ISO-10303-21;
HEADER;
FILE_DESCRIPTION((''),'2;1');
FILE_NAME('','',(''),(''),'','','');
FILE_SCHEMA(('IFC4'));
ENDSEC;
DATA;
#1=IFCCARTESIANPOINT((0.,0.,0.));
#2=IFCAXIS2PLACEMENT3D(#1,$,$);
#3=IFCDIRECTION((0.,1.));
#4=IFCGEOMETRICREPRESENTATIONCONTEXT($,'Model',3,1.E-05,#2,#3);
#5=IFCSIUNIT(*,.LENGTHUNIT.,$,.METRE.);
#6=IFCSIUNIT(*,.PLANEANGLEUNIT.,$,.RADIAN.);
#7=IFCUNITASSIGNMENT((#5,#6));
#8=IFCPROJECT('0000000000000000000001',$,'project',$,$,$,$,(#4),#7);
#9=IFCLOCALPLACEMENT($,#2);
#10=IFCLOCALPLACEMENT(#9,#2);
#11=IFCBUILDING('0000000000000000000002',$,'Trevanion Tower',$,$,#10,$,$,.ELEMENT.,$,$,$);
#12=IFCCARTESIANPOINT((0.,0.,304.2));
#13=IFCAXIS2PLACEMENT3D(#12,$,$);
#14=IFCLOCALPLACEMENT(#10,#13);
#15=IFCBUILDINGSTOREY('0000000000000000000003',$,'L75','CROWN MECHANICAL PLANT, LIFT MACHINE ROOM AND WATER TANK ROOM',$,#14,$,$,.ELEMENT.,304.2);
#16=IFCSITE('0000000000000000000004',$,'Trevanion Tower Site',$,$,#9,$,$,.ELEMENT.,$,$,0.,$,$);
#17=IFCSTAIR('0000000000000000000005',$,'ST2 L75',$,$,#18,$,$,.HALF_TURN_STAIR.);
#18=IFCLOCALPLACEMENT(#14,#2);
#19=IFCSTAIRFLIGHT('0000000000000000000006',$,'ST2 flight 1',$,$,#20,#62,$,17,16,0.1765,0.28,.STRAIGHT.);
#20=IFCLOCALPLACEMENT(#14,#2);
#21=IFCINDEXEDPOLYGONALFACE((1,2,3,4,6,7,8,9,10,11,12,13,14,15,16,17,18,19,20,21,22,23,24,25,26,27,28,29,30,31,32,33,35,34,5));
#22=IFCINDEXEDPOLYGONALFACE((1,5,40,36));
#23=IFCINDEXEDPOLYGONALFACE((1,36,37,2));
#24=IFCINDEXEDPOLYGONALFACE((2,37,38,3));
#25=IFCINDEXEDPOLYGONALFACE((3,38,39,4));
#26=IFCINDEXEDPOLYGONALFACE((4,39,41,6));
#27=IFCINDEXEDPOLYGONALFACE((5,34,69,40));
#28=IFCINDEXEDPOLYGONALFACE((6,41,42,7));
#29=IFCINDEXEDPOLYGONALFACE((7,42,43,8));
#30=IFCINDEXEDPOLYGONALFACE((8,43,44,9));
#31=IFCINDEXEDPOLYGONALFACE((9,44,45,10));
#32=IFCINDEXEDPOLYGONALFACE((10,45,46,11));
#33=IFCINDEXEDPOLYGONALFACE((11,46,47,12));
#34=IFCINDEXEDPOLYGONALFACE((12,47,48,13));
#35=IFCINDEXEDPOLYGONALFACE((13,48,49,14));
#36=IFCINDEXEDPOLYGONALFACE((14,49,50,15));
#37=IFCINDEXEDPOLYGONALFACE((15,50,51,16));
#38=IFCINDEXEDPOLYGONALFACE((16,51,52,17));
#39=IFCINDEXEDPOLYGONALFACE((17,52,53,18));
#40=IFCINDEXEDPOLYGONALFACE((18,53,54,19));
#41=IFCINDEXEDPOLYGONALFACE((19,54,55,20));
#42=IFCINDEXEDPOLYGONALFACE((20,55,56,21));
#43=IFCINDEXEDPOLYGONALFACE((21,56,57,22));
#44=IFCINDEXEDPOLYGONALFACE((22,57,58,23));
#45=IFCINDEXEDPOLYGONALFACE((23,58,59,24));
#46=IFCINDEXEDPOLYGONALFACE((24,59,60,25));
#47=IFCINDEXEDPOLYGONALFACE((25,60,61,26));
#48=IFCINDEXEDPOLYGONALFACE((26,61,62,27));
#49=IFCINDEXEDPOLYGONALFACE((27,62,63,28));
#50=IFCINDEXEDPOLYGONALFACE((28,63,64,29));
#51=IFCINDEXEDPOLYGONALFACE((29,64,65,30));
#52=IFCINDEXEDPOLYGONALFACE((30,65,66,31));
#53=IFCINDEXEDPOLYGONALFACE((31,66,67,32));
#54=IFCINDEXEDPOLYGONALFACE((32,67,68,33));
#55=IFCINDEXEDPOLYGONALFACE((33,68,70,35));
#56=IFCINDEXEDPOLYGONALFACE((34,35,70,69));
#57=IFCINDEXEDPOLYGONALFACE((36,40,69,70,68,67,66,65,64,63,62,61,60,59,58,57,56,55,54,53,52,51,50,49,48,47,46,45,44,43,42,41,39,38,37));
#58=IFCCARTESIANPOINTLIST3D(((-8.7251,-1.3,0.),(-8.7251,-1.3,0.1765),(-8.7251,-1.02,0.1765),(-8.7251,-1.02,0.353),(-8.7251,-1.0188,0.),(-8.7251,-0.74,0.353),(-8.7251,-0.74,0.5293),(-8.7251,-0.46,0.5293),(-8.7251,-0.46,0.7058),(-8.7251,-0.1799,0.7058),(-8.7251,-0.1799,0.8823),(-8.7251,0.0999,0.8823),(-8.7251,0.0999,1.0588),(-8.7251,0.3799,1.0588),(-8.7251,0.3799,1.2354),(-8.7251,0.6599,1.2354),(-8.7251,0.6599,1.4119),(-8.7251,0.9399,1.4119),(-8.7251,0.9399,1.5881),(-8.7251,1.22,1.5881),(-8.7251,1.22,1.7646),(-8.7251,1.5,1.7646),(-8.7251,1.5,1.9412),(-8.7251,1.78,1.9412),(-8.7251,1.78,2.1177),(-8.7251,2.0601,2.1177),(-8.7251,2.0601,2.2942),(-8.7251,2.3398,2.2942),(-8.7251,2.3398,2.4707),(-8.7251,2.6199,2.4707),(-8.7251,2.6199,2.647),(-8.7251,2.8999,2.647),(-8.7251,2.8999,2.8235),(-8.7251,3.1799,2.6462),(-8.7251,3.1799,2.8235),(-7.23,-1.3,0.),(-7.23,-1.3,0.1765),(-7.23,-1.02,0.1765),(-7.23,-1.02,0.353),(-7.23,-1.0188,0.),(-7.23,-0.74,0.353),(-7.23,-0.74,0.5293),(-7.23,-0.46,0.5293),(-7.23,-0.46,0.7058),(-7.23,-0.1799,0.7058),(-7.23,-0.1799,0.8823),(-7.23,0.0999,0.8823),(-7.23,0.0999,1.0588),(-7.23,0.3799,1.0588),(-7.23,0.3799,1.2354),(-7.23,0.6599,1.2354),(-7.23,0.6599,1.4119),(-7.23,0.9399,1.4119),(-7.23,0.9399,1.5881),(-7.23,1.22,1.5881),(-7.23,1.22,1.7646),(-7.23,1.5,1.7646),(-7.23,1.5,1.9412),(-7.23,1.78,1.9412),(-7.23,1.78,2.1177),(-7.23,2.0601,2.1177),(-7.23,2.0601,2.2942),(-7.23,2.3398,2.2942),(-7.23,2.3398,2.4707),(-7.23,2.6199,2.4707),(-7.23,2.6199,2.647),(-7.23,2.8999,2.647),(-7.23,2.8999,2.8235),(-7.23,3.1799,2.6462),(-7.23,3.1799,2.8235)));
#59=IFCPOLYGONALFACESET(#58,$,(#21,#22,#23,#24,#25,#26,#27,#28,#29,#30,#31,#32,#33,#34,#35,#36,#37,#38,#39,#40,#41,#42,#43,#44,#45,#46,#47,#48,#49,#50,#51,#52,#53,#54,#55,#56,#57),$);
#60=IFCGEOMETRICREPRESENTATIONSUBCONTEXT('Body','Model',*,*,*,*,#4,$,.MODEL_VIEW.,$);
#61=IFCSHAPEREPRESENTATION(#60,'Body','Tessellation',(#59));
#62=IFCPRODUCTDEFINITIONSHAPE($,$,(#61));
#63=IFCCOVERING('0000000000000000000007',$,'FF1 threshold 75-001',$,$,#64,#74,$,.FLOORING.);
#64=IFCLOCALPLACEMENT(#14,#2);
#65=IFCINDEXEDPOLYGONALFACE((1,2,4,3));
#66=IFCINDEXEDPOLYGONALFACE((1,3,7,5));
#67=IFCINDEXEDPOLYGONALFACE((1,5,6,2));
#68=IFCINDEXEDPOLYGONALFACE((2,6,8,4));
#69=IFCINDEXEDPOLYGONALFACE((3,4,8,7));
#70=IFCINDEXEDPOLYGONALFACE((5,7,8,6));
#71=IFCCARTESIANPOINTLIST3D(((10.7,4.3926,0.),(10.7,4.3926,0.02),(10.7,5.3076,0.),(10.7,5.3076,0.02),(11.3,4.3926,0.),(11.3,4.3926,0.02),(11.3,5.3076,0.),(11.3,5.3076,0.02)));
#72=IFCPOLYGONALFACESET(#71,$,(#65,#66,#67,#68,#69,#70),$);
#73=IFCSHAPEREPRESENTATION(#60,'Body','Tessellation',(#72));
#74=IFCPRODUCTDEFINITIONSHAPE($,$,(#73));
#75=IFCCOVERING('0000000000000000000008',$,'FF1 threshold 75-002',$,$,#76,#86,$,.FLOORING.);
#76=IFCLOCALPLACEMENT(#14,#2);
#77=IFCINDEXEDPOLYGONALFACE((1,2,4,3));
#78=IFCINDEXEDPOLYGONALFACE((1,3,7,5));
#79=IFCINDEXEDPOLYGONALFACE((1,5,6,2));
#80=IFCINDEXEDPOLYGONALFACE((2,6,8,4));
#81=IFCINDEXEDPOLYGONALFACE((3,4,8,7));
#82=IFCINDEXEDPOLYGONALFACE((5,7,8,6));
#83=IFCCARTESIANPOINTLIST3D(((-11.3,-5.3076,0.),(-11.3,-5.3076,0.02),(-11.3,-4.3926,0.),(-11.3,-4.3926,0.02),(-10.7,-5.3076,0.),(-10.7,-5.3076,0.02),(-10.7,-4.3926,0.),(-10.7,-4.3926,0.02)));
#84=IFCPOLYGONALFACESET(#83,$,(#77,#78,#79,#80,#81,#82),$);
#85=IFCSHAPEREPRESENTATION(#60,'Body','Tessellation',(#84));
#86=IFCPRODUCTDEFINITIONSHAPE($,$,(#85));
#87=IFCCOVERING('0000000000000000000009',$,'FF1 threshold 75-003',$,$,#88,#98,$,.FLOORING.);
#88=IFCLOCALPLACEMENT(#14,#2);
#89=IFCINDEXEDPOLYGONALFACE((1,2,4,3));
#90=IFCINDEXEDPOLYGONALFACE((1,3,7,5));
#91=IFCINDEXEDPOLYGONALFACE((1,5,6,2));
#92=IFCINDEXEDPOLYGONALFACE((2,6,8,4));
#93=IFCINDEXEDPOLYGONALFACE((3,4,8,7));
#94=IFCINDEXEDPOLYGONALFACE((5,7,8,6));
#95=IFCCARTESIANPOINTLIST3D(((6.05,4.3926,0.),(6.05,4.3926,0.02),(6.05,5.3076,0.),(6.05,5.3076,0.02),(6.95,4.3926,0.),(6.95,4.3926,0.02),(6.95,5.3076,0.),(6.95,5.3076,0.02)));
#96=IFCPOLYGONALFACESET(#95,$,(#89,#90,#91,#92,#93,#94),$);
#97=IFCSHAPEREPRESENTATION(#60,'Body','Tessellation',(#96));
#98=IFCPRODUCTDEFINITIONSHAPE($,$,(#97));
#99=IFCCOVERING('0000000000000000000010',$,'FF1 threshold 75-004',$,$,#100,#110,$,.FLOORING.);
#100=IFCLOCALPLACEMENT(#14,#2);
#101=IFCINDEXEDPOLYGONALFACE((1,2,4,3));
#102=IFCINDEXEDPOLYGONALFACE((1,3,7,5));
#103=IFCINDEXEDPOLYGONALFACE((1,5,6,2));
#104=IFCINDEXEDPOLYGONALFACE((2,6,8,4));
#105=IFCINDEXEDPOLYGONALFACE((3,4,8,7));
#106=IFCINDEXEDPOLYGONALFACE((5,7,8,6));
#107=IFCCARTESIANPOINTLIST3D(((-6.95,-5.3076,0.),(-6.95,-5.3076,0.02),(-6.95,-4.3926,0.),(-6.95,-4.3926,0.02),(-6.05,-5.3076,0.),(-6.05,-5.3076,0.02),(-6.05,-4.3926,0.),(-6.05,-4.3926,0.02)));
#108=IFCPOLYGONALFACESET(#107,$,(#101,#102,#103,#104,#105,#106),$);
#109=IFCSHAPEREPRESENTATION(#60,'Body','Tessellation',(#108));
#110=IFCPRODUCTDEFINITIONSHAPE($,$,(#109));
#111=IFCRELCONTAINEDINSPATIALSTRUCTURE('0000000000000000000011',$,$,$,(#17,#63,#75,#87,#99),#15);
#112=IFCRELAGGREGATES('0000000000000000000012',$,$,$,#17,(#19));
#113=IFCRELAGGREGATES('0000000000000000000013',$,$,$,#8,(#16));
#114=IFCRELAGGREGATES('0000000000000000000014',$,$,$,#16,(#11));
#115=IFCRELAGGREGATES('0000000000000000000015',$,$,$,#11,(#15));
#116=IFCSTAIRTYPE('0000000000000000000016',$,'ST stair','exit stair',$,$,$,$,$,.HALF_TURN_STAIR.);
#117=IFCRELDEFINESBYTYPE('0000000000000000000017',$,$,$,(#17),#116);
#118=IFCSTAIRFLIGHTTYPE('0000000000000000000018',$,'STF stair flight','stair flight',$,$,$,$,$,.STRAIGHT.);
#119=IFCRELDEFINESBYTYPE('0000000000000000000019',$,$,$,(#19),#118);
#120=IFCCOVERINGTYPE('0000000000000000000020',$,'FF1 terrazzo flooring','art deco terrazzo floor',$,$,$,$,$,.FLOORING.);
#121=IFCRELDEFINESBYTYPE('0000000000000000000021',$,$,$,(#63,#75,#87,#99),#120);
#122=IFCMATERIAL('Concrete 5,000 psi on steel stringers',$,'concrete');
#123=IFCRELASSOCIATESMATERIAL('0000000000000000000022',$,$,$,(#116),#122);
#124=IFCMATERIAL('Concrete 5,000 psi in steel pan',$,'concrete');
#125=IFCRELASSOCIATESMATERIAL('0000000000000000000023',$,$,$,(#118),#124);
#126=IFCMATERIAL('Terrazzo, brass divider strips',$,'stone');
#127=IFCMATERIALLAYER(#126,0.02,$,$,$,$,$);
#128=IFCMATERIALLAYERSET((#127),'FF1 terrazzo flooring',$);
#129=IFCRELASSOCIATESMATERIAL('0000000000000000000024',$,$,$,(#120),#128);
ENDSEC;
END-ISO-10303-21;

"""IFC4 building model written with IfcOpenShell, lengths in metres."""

from ifc_helpers import new_model, si_unit, direction, frame, origin, place, context, subcontext, project, spatial, polyline, outline, extrude, material, layer, layer_set, type_object, element, aggregate, save


model = new_model("IFC4")

# Units and contexts
model_context = context("Model", 3, precision=1e-05, world=origin(), true_north=direction((0.0, 1.0)))
body_context = subcontext(model_context, "Body", "Model", "MODEL_VIEW")
ifc_project = project(units=[si_unit("LENGTHUNIT", "METRE"), si_unit("PLANEANGLEUNIT", "RADIAN")], contexts=[model_context])

# Site, building, storey
site_placement = place(None, origin())
site = spatial("IfcSite", under=ifc_project, at=site_placement, Name="Trevanion Tower Site", CompositionType="ELEMENT", RefElevation=0.0)
building_placement = place(site_placement, origin())
building = spatial("IfcBuilding", under=site, at=building_placement, Name="Trevanion Tower", CompositionType="ELEMENT")
storey_placement = place(building_placement, frame((0.0, 0.0, 304.2)))
storey = spatial("IfcBuildingStorey", under=building, at=storey_placement, Name="L75", Description="CROWN MECHANICAL PLANT, LIFT MACHINE ROOM AND WATER TANK ROOM", CompositionType="ELEMENT", Elevation=304.2)

# Stair, stair flight
ifc_material_1 = material(Name="Concrete 5,000 psi on steel stringers", Category="concrete")
stair_type = type_object("IfcStairType", Name="ST stair", Description="exit stair", PredefinedType="HALF_TURN_STAIR", material=ifc_material_1)
stair_placement = place(storey_placement, origin())
stair = element("IfcStair", 1, at=stair_placement, inside=storey, type_object=stair_type, Name="ST2 L75", PredefinedType="HALF_TURN_STAIR")
ifc_material_2 = material(Name="Concrete 5,000 psi in steel pan", Category="concrete")
stair_flight_type = type_object("IfcStairFlightType", Name="STF stair flight", Description="stair flight", PredefinedType="STRAIGHT", material=ifc_material_2)
stair_flight_placement = place(storey_placement, frame((-7.9775, -1.3, 0.0), z_axis=(0.0, 0.0, 1.0), x_axis=(0.0, 1.0, 0.0)))
stair_flight = element("IfcStairFlight", 2, at=stair_flight_placement, type_object=stair_flight_type, Name="ST2 flight 1", NumberOfRisers=17, NumberOfTreads=16, PredefinedType="STRAIGHT", RiserHeight=0.1765, TreadLength=0.28, context=body_context, shape_type="SweptSolid", body=[
    extrude(outline(polyline([(0.0, 0.0), (0.0, 0.1765), (0.28, 0.1765), (0.28, 0.353), (0.5601, 0.353), (0.5601, 0.5293), (0.8401, 0.5293), (0.8401, 0.7058), (1.1201, 0.7058), (1.1201, 0.8823), (1.3999, 0.8823), (1.3999, 1.0588), (1.6799, 1.0588), (1.6799, 1.2354), (1.96, 1.2354), (1.96, 1.4119), (2.24, 1.4119), (2.24, 1.5881), (2.52, 1.5881), (2.52, 1.7646), (2.8, 1.7646), (2.8, 1.9412), (3.0801, 1.9412), (3.0801, 2.1177), (3.3601, 2.1177), (3.3601, 2.2942), (3.6399, 2.2942), (3.6399, 2.4707), (3.9199, 2.4707), (3.9199, 2.647), (4.2, 2.647), (4.2, 2.8235), (4.48, 2.8235), (4.48, 3.0), (4.48, 2.6462), (0.2812, 0.0), (0.0, 0.0)])), frame((0.0, 0.7476, 0.0), z_axis=(0.0, -1.0, 0.0), x_axis=(1.0, 0.0, 0.0)), (0.0, 0.0, 1.0), 1.4951),
])
aggregate(stair, [stair_flight])

# Coverings
ifc_material_3 = material(Name="Terrazzo, brass divider strips", Category="stone")
ifc_layer_1 = layer(ifc_material_3, 0.02)
ifc_layer_set_1 = layer_set([ifc_layer_1], Name="FF1 terrazzo flooring")
covering_type = type_object("IfcCoveringType", Name="FF1 terrazzo flooring", Description="art deco terrazzo floor", PredefinedType="FLOORING", material=ifc_layer_set_1)
covering_1_placement = place(storey_placement, origin())
element("IfcCovering", 3, at=covering_1_placement, inside=storey, type_object=covering_type, Name="FF1 threshold 75-001", PredefinedType="FLOORING", context=body_context, shape_type="SweptSolid", body=[
    extrude(outline(polyline([(11.3, 4.3926), (11.3, 5.3076), (10.7, 5.3076), (10.7, 4.3926), (11.3, 4.3926)])), origin(), (0.0, 0.0, 1.0), 0.02),
])
covering_2_placement = place(storey_placement, origin())
element("IfcCovering", 4, at=covering_2_placement, inside=storey, type_object=covering_type, Name="FF1 threshold 75-002", PredefinedType="FLOORING", context=body_context, shape_type="SweptSolid", body=[
    extrude(outline(polyline([(-11.3, -4.3926), (-11.3, -5.3076), (-10.7, -5.3076), (-10.7, -4.3926), (-11.3, -4.3926)])), origin(), (0.0, 0.0, 1.0), 0.02),
])
covering_3_placement = place(storey_placement, origin())
element("IfcCovering", 5, at=covering_3_placement, inside=storey, type_object=covering_type, Name="FF1 threshold 75-003", PredefinedType="FLOORING", context=body_context, shape_type="SweptSolid", body=[
    extrude(outline(polyline([(6.95, 4.3926), (6.95, 5.3076), (6.05, 5.3076), (6.05, 4.3926), (6.95, 4.3926)])), origin(), (0.0, 0.0, 1.0), 0.02),
])
covering_4_placement = place(storey_placement, origin())
element("IfcCovering", 6, at=covering_4_placement, inside=storey, type_object=covering_type, Name="FF1 threshold 75-004", PredefinedType="FLOORING", context=body_context, shape_type="SweptSolid", body=[
    extrude(outline(polyline([(-6.95, -4.3926), (-6.95, -5.3076), (-6.05, -5.3076), (-6.05, -4.3926), (-6.95, -4.3926)])), origin(), (0.0, 0.0, 1.0), 0.02),
])

save(model, "model.ifc")
